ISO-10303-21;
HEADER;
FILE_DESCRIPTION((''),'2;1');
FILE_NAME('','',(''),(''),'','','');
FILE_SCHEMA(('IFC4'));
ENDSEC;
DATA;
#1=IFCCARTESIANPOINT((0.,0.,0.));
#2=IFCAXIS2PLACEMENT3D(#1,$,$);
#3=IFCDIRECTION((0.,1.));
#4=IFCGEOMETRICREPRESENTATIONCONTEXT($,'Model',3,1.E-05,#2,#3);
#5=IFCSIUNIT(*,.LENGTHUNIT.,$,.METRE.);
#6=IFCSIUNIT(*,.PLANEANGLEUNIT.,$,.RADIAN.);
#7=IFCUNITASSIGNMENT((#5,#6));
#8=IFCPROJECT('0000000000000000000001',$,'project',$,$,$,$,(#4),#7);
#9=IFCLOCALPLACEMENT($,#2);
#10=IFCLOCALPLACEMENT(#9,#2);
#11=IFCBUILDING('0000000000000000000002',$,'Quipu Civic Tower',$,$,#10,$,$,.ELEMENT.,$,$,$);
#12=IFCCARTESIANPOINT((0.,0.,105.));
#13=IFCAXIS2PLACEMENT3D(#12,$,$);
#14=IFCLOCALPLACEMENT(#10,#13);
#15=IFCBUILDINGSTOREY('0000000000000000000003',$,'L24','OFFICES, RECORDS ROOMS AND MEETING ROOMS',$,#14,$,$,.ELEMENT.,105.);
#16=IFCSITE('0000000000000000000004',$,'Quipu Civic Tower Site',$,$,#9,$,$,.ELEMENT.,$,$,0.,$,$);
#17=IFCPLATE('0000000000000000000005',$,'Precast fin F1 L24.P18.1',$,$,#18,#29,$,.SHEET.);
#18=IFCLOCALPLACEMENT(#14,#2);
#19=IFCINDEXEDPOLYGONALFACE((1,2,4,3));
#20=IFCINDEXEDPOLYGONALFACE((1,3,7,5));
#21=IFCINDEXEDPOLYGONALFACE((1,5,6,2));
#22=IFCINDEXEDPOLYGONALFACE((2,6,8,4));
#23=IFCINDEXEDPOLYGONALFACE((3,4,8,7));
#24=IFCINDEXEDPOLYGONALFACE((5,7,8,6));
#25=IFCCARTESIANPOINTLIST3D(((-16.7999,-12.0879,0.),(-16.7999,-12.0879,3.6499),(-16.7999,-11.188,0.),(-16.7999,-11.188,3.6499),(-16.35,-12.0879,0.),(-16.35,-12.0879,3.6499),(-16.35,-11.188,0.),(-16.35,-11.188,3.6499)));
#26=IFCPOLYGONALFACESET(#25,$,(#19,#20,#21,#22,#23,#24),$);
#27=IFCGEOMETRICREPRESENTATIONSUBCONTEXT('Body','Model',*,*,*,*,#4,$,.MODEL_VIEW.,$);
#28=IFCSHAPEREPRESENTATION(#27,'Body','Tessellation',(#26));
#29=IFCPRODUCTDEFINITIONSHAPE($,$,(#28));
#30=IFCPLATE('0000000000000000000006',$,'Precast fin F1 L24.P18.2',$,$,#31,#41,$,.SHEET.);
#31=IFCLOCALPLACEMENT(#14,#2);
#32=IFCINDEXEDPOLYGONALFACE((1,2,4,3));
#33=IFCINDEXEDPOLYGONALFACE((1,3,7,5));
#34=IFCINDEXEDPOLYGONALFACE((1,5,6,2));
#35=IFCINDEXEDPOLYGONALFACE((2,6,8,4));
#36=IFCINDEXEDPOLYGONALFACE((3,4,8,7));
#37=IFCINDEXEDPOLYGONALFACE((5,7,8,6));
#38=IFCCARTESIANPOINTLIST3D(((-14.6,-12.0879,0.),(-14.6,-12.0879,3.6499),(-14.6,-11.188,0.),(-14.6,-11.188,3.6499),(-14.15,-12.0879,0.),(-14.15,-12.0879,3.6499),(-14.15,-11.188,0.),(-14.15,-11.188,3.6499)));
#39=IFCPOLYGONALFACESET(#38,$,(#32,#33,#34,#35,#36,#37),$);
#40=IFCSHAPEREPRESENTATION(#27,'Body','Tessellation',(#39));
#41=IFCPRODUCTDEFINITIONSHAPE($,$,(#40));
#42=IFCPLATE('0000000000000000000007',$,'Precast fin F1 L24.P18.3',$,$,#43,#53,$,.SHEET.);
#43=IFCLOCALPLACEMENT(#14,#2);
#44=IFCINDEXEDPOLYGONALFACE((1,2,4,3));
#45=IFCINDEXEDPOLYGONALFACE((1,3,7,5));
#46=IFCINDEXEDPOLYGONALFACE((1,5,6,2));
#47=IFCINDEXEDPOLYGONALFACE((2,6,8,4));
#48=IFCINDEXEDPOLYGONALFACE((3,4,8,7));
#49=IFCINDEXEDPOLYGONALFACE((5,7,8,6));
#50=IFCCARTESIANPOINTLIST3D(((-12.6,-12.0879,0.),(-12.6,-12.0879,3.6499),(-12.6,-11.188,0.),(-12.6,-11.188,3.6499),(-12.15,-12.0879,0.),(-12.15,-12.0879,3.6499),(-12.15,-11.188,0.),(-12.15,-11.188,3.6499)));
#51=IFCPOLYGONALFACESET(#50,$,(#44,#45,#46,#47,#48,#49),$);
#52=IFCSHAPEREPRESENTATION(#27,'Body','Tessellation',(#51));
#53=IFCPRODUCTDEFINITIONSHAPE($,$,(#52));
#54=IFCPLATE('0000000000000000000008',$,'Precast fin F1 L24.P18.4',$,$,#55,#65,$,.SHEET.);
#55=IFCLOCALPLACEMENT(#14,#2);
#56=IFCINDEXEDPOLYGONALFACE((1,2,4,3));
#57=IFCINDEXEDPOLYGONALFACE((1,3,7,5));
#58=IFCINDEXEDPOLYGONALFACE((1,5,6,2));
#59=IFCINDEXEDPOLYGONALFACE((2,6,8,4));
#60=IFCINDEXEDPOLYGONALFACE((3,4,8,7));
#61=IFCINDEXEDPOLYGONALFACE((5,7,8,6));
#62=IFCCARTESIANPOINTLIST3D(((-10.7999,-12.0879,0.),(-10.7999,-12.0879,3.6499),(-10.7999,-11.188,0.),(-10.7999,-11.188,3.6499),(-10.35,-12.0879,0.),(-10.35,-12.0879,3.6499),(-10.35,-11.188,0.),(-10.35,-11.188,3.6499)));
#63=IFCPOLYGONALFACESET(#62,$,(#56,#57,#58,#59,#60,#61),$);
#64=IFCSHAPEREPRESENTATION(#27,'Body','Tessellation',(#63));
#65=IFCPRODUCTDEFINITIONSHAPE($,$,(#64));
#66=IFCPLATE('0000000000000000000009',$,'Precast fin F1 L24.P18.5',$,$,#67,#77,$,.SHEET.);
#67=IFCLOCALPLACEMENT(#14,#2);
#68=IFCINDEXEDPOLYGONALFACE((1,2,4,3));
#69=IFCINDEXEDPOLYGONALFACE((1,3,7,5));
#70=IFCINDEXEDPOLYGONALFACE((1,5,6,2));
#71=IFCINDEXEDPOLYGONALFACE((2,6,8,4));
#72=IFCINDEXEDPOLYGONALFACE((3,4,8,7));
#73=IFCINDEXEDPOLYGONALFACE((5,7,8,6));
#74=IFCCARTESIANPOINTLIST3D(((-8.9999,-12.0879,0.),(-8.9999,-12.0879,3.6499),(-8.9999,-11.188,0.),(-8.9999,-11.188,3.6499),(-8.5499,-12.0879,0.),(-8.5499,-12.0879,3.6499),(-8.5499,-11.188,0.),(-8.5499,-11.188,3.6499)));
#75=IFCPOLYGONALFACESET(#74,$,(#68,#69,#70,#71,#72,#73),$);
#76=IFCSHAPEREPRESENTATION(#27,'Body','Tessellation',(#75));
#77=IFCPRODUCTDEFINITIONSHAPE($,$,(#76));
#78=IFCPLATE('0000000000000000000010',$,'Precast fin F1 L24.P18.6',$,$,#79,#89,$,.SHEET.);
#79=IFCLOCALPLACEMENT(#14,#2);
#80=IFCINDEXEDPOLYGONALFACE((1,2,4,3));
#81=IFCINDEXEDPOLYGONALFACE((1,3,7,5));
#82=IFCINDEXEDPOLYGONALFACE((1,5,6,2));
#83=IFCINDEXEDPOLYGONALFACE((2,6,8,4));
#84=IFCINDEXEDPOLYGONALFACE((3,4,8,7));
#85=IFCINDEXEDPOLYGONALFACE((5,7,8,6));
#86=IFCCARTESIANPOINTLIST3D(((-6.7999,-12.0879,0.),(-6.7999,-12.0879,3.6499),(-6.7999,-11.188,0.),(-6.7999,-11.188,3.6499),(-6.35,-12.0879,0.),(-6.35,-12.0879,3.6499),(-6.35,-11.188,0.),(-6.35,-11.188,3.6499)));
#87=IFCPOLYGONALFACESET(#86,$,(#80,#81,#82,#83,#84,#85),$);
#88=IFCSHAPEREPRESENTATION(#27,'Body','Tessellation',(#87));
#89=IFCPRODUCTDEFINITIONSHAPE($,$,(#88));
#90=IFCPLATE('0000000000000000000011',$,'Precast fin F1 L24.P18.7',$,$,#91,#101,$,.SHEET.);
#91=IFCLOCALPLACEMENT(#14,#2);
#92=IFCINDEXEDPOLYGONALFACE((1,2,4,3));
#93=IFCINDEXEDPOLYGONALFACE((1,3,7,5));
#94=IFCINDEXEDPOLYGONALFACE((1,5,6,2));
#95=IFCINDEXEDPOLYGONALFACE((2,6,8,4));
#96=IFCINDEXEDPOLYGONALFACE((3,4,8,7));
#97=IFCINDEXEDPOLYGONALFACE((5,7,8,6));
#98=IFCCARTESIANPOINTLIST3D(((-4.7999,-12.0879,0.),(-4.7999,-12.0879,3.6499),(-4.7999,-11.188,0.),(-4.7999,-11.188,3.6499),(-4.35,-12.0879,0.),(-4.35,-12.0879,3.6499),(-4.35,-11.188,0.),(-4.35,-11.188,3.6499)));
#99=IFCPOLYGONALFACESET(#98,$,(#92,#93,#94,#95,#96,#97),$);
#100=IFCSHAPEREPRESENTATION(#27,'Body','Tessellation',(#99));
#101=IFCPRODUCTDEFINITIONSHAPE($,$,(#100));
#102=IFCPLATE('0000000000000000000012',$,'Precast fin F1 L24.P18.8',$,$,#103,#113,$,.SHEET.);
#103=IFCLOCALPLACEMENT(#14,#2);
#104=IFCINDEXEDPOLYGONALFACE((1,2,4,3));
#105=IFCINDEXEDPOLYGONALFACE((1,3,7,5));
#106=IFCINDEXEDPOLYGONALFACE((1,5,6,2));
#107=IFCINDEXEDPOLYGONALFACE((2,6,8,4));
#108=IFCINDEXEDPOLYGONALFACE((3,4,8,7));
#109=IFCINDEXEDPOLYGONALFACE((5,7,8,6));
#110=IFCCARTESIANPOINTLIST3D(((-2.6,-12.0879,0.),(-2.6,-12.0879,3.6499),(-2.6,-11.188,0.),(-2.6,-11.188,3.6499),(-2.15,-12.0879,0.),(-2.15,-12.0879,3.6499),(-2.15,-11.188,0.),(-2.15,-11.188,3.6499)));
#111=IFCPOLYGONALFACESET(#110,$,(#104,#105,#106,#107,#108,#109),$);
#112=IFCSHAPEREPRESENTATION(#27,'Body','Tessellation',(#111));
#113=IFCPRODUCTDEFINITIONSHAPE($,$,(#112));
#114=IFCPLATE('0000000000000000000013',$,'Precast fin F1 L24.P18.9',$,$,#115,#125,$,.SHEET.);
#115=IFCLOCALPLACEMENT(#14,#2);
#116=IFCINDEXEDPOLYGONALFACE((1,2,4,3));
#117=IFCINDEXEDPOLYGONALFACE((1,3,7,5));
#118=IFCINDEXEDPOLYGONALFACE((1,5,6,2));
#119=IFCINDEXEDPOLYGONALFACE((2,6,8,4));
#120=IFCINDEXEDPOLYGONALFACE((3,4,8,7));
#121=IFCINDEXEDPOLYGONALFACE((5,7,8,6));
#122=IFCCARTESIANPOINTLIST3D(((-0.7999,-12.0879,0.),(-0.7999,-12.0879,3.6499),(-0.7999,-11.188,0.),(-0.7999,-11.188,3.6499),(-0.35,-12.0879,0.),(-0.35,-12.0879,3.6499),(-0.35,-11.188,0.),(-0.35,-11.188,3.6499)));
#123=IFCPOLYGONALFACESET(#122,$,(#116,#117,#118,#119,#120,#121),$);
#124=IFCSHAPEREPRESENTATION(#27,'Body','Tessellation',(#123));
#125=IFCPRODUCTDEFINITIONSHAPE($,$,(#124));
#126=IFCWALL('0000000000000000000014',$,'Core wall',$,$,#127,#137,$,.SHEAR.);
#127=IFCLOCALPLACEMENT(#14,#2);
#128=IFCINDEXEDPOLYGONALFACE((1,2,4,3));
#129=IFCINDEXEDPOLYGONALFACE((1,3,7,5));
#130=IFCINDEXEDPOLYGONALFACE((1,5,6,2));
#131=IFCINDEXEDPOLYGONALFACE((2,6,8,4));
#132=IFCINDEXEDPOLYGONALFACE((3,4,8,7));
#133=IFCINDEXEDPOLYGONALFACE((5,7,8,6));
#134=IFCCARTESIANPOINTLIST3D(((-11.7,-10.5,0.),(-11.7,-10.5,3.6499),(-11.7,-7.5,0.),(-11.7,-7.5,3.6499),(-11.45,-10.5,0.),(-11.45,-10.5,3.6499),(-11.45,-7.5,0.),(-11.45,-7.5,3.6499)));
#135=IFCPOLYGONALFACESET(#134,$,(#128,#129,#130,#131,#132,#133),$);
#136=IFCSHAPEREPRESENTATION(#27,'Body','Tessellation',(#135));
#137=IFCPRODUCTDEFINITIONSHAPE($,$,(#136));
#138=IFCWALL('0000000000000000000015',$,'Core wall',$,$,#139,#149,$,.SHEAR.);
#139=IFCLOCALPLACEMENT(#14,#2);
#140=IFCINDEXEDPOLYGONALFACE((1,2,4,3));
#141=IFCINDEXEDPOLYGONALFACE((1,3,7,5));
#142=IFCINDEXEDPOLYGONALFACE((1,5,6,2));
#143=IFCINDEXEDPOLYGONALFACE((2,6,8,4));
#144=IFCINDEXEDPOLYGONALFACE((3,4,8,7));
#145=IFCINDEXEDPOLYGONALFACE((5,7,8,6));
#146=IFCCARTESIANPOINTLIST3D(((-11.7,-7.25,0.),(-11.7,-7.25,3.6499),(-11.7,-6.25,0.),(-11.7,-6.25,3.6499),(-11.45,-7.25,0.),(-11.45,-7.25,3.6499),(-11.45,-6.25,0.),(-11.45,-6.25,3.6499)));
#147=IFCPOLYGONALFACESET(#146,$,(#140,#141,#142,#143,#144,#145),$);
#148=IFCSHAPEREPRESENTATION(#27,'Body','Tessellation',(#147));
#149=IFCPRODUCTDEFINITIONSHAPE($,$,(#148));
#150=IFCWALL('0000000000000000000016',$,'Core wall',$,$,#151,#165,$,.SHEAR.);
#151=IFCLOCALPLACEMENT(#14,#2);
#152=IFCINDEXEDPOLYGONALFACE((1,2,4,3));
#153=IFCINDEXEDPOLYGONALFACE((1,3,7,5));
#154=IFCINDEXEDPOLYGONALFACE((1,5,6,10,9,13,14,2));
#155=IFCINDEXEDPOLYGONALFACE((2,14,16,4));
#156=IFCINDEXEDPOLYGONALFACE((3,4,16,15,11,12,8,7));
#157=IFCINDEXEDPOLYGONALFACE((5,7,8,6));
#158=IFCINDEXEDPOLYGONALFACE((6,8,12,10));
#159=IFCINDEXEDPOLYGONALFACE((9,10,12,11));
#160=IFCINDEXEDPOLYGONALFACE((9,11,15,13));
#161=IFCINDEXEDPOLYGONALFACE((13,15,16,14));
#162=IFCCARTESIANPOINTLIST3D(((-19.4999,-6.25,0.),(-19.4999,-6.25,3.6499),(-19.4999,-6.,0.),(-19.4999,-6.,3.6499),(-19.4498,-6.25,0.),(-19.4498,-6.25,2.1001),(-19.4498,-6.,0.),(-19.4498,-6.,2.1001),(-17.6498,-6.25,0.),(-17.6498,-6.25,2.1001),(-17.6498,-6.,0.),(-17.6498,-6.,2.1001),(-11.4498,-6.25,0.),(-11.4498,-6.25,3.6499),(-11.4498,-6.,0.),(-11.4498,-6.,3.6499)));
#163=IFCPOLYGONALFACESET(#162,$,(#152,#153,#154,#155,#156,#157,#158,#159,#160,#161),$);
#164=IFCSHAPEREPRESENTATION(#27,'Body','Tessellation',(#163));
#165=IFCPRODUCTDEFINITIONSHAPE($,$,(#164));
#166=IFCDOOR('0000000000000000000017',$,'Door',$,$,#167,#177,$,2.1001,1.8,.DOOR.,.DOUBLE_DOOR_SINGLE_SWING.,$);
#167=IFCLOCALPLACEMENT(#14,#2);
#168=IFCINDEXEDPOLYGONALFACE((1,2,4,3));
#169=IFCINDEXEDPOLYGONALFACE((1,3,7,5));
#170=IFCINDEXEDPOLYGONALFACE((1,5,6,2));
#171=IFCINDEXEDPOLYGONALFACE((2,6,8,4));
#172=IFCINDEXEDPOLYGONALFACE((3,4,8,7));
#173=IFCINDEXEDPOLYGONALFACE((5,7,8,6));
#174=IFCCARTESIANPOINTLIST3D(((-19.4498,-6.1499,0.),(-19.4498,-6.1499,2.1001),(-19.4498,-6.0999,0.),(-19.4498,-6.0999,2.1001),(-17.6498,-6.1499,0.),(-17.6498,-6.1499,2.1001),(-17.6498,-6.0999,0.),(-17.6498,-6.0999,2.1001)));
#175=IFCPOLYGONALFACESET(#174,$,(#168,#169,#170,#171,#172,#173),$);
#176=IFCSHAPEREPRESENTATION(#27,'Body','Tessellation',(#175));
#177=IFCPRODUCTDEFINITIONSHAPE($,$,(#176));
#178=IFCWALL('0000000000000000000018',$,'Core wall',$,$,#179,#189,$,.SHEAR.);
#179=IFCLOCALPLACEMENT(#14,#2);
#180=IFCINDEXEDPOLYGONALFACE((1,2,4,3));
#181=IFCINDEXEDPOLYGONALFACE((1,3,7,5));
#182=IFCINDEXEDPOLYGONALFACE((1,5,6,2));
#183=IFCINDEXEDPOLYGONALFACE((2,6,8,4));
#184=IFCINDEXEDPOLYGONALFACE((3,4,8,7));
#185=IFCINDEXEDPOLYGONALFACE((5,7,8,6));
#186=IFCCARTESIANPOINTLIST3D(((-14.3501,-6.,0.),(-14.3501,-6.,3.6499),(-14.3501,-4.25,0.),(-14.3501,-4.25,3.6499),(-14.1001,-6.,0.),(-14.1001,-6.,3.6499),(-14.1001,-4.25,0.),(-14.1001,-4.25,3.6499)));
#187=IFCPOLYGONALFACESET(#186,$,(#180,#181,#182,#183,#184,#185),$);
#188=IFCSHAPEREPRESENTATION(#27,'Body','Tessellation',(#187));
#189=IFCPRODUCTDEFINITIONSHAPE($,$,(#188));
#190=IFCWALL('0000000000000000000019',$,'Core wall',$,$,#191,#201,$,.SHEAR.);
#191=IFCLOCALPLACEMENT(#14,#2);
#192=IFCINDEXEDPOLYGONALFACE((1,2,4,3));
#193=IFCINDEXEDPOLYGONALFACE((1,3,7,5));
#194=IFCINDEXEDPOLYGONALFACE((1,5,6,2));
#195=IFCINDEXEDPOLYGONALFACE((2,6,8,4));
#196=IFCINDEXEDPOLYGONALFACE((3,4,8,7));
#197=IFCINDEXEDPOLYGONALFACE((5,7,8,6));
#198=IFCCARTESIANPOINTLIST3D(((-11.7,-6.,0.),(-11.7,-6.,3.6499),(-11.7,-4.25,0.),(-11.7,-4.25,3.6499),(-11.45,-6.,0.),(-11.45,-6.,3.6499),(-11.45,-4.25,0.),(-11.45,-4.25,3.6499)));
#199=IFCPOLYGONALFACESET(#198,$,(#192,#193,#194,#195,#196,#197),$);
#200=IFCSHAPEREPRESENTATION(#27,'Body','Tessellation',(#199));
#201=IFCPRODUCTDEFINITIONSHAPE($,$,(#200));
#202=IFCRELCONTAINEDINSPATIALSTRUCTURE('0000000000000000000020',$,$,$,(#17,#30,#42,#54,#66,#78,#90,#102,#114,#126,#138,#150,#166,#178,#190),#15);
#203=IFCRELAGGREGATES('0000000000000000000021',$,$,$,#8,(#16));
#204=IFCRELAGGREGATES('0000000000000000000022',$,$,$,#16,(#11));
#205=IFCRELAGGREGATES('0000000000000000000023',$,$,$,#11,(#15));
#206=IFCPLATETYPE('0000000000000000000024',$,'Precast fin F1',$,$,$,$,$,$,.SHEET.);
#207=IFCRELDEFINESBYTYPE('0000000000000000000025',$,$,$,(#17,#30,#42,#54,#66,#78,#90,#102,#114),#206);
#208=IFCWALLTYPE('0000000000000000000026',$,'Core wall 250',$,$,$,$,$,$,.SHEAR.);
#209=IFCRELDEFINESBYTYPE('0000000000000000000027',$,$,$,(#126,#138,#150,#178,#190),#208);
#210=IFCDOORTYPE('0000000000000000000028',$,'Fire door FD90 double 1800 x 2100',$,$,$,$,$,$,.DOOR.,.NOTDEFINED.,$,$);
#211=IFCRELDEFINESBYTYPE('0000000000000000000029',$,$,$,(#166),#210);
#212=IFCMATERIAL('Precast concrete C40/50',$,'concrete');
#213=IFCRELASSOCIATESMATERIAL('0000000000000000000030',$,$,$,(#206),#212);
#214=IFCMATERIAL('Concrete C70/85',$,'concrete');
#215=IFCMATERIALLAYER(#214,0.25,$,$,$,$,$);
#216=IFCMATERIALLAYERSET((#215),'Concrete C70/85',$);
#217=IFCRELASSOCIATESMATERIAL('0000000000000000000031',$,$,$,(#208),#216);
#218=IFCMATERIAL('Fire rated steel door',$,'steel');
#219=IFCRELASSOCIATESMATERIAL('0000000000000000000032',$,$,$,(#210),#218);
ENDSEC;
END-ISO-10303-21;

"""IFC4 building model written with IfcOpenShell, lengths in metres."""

from ifc_helpers import new_model, si_unit, direction, frame, frame_2d, origin, origin_2d, place, context, subcontext, project, spatial, rectangle, extrude, material, layer, layer_set, type_object, element, fill, save


model = new_model("IFC4")

# Units and contexts
model_context = context("Model", 3, precision=1e-05, world=origin(), true_north=direction((0.0, 1.0)))
body_context = subcontext(model_context, "Body", "Model", "MODEL_VIEW")
ifc_project = project(units=[si_unit("LENGTHUNIT", "METRE"), si_unit("PLANEANGLEUNIT", "RADIAN")], contexts=[model_context])

# Site, building, storey
site_placement = place(None, origin())
site = spatial("IfcSite", under=ifc_project, at=site_placement, Name="Quipu Civic Tower Site", CompositionType="ELEMENT", RefElevation=0.0)
building_placement = place(site_placement, origin())
building = spatial("IfcBuilding", under=site, at=building_placement, Name="Quipu Civic Tower", CompositionType="ELEMENT")
storey_placement = place(building_placement, frame((0.0, 0.0, 105.0)))
storey = spatial("IfcBuildingStorey", under=building, at=storey_placement, Name="L24", Description="OFFICES, RECORDS ROOMS AND MEETING ROOMS", CompositionType="ELEMENT", Elevation=105.0)

# Plates
ifc_material_1 = material(Name="Precast concrete C40/50", Category="concrete")
plate_type = type_object("IfcPlateType", Name="Precast fin F1", PredefinedType="SHEET", material=ifc_material_1)
for number, where, z_axis, x_axis, name in (
    (1, (-16.575, -11.6379, 0.0), (0.0, 0.0, 1.0), (1.0, 0.0, 0.0), "Precast fin F1 L24.P18.1"),
    (2, (-14.375, -11.6379, 0.0), (0.0, 0.0, 1.0), (1.0, 0.0, 0.0), "Precast fin F1 L24.P18.2"),
    (3, (-12.375, -11.6379, 0.0), (0.0, 0.0, 1.0), (1.0, 0.0, 0.0), "Precast fin F1 L24.P18.3"),
    (4, (-10.575, -11.6379, 0.0), (0.0, 0.0, 1.0), (1.0, 0.0, 0.0), "Precast fin F1 L24.P18.4"),
    (5, (-8.7749, -11.6379, 0.0), (0.0, 0.0, 1.0), (1.0, 0.0, 0.0), "Precast fin F1 L24.P18.5"),
    (6, (-6.575, -11.6379, 0.0), (0.0, 0.0, 1.0), (1.0, 0.0, 0.0), "Precast fin F1 L24.P18.6"),
    (7, (-4.575, -11.6379, 0.0), (0.0, 0.0, 1.0), (1.0, 0.0, 0.0), "Precast fin F1 L24.P18.7"),
    (8, (-2.375, -11.6379, 0.0), (0.0, 0.0, 1.0), (1.0, 0.0, 0.0), "Precast fin F1 L24.P18.8"),
    (9, (-0.575, -11.6379, 0.0), (0.0, 0.0, 1.0), (1.0, 0.0, 0.0), "Precast fin F1 L24.P18.9"),
):
    element("IfcPlate", number, at=place(storey_placement, frame(where, z_axis=z_axis, x_axis=x_axis)), inside=storey, type_object=plate_type, Name=name, PredefinedType="SHEET", context=body_context, shape_type="SweptSolid", body=[
        extrude(rectangle(XDim=0.45, YDim=0.8999, at=origin_2d()), origin(), (0.0, 0.0, 1.0), 3.6499),
    ])

# Walls
ifc_material_2 = material(Name="Concrete C70/85", Category="concrete")
ifc_layer_1 = layer(ifc_material_2, 0.25)
ifc_layer_set_1 = layer_set([ifc_layer_1], Name="Concrete C70/85")
wall_type_1 = type_object("IfcWallType", Name="Core wall 250", PredefinedType="SHEAR", material=ifc_layer_set_1)
wall_1_placement = place(storey_placement, frame((-11.575, -10.5, 0.0), z_axis=(0.0, 0.0, 1.0), x_axis=(0.0, 1.0, 0.0)))
element("IfcWall", 10, at=wall_1_placement, inside=storey, type_object=wall_type_1, Name="Core wall", PredefinedType="SHEAR", context=body_context, shape_type="SweptSolid", body=[
    extrude(rectangle(XDim=3.0, YDim=0.25, at=frame_2d((1.5, 0.0))), origin(), (0.0, 0.0, 1.0), 3.6499),
])
wall_2_placement = place(storey_placement, frame((-11.575, -7.25, 0.0), z_axis=(0.0, 0.0, 1.0), x_axis=(0.0, 1.0, 0.0)))
element("IfcWall", 11, at=wall_2_placement, inside=storey, type_object=wall_type_1, Name="Core wall", PredefinedType="SHEAR", context=body_context, shape_type="SweptSolid", body=[
    extrude(rectangle(XDim=1.0, YDim=0.25, at=frame_2d((0.5, 0.0))), origin(), (0.0, 0.0, 1.0), 3.6499),
])

# Wall, opening, door
wall_3_placement = place(storey_placement, frame((-11.45, -6.125, 0.0), z_axis=(0.0, 0.0, 1.0), x_axis=(-1.0, 0.0, 0.0)))
wall_3 = element("IfcWall", 12, at=wall_3_placement, inside=storey, type_object=wall_type_1, Name="Core wall", PredefinedType="SHEAR", context=body_context, shape_type="SweptSolid", body=[
    extrude(rectangle(XDim=8.05, YDim=0.25, at=frame_2d((4.0249, 0.0))), origin(), (0.0, 0.0, 1.0), 3.6499),
])
opening_1_placement = place(wall_3_placement, frame((6.2, 0.0, 0.0)))
opening_1 = element("IfcOpeningElement", 13, at=opening_1_placement, cuts=wall_3, PredefinedType="OPENING", context=body_context, shape_type="SweptSolid", body=[
    extrude(rectangle(XDim=1.8, YDim=2.1001, at=frame_2d((0.8999, 1.05))), frame((0.0, 0.135, 0.0), z_axis=(0.0, -1.0, 0.0), x_axis=(1.0, 0.0, 0.0)), (0.0, 0.0, 1.0), 0.27),
])
ifc_material_3 = material(Name="Fire rated steel door", Category="steel")
door_type_1 = type_object("IfcDoorType", Name="Fire door FD90 double 1800 x 2100", OperationType="NOTDEFINED", PredefinedType="DOOR", material=ifc_material_3)
door_1_placement = place(opening_1_placement, origin())
door_1 = element("IfcDoor", 14, at=door_1_placement, inside=storey, type_object=door_type_1, Name="Door", OperationType="DOUBLE_DOOR_SINGLE_SWING", OverallHeight=2.1001, OverallWidth=1.8, PredefinedType="DOOR", context=body_context, shape_type="SweptSolid", body=[
    extrude(rectangle(XDim=1.8, YDim=2.1001, at=frame_2d((0.8999, 1.05))), frame((0.0, 0.0249, 0.0), z_axis=(0.0, -1.0, 0.0), x_axis=(1.0, 0.0, 0.0)), (0.0, 0.0, 1.0), 0.05),
])
fill(opening_1, door_1)

# Walls
for number, where, z_axis, x_axis, name in (
    (15, (-14.2251, -6.0, 0.0), (0.0, 0.0, 1.0), (0.0, 1.0, 0.0), "Core wall"),
    (16, (-11.575, -6.0, 0.0), (0.0, 0.0, 1.0), (0.0, 1.0, 0.0), "Core wall"),
):
    element("IfcWall", number, at=place(storey_placement, frame(where, z_axis=z_axis, x_axis=x_axis)), inside=storey, type_object=wall_type_1, Name=name, PredefinedType="SHEAR", context=body_context, shape_type="SweptSolid", body=[
        extrude(rectangle(XDim=1.75, YDim=0.25, at=frame_2d((0.875, 0.0))), origin(), (0.0, 0.0, 1.0), 3.6499),
    ])

save(model, "model.ifc")
